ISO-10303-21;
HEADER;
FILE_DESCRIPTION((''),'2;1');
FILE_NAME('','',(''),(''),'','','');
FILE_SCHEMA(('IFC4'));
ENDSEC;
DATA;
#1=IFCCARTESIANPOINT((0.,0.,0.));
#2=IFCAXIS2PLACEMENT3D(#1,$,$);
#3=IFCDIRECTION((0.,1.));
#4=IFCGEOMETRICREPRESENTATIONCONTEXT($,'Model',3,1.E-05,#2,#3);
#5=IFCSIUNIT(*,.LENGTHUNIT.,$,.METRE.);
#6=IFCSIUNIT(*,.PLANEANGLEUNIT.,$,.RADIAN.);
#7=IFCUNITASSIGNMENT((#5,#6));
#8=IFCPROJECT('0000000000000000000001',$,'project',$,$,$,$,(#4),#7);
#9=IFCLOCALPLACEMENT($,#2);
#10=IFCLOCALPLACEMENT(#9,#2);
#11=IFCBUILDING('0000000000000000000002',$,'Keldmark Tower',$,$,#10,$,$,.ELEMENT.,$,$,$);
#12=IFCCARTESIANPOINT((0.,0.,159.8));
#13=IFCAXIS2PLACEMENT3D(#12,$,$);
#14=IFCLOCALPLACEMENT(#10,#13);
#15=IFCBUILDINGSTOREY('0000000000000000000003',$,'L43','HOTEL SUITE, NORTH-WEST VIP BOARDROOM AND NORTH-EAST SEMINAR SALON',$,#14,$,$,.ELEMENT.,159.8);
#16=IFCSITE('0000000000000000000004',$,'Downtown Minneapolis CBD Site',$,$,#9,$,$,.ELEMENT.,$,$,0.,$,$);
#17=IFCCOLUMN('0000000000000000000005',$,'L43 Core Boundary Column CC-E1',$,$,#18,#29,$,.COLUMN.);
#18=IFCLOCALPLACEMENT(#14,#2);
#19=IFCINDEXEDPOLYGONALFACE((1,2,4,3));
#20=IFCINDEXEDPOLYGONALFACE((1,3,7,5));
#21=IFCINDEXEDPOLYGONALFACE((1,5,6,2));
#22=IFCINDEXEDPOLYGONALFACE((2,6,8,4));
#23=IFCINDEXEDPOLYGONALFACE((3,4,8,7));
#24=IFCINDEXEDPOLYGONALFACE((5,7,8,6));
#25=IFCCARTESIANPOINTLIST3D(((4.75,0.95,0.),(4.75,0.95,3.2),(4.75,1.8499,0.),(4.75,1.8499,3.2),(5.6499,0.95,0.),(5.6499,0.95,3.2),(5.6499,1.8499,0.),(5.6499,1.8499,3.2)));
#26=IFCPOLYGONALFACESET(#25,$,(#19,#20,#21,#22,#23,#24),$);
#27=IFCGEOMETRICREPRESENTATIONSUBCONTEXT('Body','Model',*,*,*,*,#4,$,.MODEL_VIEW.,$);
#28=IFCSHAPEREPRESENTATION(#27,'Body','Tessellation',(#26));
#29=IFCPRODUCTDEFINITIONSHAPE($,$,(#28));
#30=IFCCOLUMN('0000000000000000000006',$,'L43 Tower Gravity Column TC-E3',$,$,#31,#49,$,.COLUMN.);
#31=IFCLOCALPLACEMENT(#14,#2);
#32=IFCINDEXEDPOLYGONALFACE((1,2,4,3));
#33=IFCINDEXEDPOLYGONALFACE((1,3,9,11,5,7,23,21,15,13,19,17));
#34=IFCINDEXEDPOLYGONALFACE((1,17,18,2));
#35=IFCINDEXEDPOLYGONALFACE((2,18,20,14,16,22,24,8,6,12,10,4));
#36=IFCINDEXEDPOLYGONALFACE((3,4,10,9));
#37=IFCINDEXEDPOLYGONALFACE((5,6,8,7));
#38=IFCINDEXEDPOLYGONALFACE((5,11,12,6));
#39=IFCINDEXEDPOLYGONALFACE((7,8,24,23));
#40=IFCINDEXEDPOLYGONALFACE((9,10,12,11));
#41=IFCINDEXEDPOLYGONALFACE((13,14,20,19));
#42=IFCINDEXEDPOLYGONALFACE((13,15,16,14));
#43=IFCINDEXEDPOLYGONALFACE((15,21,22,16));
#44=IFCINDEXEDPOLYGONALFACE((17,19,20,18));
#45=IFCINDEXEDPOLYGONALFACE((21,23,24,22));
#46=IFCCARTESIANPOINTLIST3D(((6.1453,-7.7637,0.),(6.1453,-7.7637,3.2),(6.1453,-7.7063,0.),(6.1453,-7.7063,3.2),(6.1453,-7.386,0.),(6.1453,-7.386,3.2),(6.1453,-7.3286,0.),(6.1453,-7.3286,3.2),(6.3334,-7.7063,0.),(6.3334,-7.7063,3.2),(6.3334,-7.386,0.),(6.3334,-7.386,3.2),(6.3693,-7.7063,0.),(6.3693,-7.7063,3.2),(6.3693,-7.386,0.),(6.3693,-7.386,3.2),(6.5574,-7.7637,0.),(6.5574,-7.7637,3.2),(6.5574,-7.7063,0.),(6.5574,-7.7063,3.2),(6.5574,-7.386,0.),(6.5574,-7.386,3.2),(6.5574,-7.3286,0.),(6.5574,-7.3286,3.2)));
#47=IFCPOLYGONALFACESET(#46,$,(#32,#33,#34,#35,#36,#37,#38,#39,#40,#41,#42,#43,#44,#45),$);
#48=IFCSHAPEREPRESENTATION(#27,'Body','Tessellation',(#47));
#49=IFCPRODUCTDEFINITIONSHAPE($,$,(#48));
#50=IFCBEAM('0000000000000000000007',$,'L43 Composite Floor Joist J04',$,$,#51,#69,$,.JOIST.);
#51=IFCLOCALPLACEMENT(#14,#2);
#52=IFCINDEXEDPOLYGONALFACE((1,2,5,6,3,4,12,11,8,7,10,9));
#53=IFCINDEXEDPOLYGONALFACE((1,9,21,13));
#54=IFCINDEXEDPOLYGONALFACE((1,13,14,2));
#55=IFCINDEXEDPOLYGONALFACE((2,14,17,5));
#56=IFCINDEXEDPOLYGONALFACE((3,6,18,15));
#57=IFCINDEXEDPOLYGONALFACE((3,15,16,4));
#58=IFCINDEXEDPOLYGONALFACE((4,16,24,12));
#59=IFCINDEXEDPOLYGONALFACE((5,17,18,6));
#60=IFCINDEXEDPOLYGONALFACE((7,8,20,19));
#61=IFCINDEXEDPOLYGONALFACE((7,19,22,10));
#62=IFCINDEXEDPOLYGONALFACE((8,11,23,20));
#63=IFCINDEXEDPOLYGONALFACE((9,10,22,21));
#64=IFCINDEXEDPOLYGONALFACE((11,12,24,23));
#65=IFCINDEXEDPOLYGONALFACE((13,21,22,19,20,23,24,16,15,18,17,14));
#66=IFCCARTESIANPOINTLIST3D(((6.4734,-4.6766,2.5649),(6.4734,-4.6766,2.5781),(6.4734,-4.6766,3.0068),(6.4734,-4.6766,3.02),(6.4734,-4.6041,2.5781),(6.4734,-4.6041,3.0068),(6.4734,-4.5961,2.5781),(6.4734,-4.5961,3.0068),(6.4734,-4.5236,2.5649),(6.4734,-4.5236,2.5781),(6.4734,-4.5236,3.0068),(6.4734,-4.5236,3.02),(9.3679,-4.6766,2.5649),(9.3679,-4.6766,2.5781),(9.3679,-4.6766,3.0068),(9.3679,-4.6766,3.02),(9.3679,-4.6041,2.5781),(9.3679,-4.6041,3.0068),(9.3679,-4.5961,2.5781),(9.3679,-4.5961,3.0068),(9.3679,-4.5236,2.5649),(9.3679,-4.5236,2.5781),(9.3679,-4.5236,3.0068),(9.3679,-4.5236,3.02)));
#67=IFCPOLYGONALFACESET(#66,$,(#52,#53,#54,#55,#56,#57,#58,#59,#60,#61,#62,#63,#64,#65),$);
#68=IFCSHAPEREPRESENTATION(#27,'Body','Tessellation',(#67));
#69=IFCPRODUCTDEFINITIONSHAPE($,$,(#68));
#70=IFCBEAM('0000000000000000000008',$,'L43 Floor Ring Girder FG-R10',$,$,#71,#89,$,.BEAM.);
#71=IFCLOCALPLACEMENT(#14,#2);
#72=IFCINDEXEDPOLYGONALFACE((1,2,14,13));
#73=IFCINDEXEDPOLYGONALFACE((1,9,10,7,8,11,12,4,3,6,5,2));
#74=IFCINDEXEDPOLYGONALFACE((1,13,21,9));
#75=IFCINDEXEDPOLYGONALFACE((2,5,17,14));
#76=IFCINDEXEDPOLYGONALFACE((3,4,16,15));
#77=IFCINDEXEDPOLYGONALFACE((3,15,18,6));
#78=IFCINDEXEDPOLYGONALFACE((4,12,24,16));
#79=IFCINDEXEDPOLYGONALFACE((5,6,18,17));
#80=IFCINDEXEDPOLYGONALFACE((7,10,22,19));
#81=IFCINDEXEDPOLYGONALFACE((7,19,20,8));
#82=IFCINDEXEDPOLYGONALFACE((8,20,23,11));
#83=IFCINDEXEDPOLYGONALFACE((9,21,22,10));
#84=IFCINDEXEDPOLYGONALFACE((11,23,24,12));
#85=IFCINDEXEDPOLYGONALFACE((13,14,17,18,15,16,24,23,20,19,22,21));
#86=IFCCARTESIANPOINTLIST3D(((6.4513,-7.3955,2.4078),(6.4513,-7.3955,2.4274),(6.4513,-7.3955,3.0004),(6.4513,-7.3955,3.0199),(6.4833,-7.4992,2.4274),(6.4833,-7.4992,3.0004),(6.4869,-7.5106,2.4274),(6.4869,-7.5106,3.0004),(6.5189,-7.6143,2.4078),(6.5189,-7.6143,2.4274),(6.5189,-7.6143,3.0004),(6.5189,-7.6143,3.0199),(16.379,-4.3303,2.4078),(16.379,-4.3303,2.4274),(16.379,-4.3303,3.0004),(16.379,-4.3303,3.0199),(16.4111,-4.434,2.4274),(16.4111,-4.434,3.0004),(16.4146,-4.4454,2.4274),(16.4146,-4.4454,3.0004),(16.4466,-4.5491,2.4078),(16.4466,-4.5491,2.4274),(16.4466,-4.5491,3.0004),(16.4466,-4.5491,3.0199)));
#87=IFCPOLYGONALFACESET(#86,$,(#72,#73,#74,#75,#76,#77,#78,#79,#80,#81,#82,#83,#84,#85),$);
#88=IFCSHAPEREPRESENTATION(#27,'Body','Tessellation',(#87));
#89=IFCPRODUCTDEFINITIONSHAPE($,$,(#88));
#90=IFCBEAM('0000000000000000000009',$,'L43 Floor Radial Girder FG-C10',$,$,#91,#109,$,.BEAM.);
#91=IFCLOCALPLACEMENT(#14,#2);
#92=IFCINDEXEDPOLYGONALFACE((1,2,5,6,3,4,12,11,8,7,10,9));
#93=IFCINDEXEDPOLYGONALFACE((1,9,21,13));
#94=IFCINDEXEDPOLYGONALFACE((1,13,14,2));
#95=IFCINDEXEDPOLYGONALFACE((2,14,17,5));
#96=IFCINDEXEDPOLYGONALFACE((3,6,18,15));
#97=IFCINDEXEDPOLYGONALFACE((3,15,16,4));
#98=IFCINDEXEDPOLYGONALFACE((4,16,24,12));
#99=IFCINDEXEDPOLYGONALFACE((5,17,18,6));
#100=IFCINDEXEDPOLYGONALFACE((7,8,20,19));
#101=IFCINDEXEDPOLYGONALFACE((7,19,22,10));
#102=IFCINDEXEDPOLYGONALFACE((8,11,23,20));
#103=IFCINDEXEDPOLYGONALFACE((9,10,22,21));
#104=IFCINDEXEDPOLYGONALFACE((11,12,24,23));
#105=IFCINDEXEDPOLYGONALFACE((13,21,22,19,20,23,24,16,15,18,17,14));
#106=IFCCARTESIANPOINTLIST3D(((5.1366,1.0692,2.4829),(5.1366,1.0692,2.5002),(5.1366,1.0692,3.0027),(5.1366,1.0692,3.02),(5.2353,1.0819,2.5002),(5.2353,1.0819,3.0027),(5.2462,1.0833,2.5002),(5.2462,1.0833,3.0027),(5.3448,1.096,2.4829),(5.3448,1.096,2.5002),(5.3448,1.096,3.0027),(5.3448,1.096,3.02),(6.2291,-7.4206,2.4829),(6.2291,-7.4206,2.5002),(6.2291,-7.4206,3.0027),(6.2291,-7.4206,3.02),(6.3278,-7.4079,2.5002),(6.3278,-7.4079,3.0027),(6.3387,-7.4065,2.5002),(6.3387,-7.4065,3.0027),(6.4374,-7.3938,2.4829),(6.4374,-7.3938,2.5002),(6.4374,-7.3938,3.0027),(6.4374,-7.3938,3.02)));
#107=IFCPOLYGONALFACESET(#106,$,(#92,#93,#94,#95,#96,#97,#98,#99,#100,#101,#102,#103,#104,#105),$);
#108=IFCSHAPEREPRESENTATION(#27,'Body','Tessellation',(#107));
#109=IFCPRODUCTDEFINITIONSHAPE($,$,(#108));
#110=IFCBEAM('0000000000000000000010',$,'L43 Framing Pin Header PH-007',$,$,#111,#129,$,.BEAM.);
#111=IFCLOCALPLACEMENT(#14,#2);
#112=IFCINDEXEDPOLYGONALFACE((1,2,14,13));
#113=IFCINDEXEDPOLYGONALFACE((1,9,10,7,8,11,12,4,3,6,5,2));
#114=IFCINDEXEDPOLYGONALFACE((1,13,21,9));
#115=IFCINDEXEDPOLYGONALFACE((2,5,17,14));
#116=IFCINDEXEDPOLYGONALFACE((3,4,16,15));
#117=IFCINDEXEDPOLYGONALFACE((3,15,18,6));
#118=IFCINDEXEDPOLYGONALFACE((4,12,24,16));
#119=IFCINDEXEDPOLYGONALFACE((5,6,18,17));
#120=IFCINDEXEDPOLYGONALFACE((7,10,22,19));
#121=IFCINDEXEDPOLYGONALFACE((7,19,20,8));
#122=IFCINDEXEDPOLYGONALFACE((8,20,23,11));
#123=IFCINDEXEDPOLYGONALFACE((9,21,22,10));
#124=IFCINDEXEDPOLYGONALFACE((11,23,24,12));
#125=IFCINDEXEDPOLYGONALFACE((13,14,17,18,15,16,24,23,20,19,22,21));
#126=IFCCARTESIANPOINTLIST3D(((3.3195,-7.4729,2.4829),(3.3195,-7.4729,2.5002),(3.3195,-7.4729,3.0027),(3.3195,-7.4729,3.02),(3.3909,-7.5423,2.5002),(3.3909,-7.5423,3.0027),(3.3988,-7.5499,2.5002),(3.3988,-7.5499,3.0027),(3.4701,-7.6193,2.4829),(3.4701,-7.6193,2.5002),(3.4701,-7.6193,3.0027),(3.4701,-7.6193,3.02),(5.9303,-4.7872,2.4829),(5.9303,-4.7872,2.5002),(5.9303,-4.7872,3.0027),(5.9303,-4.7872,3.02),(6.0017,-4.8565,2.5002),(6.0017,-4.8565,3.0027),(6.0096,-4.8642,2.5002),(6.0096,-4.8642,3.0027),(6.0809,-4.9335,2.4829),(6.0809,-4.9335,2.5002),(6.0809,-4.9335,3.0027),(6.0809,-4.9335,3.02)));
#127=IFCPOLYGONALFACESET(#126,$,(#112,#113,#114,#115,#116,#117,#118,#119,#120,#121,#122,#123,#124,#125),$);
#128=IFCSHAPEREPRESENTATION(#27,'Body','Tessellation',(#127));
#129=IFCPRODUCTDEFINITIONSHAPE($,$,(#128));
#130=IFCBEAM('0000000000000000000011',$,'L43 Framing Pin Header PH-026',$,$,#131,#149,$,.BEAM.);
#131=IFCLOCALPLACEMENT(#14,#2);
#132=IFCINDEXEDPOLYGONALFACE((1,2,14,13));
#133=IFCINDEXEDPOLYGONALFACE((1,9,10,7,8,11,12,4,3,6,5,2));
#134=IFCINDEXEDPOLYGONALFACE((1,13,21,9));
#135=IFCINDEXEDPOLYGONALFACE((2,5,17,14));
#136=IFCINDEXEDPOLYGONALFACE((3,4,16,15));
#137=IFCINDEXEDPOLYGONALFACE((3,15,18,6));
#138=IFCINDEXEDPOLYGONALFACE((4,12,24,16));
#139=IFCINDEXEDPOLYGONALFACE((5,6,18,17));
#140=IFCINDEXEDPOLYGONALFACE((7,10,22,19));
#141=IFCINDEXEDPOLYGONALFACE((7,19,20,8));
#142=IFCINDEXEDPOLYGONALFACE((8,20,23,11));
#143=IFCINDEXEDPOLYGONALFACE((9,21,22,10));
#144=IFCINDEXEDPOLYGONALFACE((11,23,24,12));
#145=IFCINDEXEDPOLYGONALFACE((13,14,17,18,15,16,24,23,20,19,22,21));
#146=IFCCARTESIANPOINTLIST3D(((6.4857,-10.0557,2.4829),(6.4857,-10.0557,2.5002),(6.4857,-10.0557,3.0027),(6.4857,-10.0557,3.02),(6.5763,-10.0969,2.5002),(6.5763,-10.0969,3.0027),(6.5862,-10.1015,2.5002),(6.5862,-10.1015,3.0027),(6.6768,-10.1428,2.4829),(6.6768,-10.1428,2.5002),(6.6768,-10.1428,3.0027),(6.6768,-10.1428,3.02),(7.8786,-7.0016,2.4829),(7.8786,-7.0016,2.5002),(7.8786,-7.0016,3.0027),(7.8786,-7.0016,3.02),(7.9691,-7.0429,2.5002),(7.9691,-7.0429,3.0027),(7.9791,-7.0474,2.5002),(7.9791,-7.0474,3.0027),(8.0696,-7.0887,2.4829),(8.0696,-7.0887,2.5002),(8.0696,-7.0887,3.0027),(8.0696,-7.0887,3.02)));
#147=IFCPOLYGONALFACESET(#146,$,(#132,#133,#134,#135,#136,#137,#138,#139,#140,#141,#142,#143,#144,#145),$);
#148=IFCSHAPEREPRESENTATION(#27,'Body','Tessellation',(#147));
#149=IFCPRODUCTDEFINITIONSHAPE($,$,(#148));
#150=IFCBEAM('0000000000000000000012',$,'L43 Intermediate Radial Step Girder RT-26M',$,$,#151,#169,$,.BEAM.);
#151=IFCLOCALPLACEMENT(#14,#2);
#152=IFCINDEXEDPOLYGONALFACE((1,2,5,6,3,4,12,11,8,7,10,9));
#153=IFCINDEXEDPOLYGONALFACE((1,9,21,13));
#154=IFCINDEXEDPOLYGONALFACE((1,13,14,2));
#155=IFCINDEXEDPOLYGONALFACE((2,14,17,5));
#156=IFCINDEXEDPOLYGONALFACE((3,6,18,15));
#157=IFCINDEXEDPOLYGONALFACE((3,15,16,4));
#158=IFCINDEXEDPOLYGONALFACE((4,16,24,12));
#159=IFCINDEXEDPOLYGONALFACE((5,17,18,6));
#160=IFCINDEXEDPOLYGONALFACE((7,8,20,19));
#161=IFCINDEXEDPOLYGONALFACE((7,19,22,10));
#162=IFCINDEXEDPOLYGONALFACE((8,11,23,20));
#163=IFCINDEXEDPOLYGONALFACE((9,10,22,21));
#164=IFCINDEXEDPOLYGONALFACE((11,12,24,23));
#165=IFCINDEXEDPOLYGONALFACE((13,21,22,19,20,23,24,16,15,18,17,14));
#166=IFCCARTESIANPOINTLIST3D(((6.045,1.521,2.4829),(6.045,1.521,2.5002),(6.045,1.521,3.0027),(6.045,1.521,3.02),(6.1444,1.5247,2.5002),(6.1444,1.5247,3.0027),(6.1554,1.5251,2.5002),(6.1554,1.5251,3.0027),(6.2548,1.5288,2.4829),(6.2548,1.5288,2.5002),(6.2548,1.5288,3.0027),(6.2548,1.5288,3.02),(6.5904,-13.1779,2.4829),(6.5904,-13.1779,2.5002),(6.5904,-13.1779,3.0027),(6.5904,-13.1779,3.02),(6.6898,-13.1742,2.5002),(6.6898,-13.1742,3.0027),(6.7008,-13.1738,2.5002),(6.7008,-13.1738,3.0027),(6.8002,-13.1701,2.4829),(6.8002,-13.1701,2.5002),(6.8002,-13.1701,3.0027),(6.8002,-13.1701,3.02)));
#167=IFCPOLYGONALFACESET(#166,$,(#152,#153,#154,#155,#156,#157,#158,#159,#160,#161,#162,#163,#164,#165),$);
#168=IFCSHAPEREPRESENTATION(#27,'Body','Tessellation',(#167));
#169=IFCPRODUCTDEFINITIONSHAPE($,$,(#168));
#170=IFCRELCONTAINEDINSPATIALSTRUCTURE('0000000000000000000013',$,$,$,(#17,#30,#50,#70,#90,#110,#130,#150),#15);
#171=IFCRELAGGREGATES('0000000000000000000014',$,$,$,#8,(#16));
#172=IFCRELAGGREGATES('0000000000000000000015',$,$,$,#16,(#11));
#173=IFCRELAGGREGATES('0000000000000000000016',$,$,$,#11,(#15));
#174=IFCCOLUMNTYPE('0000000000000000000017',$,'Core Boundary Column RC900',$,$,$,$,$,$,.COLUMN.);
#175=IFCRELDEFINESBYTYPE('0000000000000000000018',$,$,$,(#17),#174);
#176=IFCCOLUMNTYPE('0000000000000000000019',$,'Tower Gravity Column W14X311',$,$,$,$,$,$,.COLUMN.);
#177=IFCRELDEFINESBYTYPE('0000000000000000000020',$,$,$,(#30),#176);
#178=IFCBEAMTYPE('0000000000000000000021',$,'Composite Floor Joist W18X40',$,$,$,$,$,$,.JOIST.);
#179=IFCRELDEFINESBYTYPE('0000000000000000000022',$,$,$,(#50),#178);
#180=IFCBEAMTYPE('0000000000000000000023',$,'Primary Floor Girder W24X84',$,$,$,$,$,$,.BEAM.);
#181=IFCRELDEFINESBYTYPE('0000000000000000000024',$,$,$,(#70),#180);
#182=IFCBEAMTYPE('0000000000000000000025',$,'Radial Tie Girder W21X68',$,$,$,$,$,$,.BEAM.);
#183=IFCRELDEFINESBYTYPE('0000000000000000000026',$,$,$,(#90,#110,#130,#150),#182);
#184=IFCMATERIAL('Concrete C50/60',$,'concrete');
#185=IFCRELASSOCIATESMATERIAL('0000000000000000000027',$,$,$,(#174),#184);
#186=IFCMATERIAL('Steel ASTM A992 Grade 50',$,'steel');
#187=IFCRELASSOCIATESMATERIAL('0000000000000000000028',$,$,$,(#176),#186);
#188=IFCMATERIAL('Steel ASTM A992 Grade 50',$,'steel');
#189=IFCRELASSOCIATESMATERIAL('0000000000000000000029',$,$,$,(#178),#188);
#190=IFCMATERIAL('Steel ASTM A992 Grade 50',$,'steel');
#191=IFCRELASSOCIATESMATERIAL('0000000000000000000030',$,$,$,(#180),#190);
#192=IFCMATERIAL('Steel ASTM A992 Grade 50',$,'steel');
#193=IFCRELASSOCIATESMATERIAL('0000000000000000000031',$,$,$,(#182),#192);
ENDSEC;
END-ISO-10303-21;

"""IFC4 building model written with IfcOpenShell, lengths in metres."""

from ifc_helpers import new_model, si_unit, direction, frame, origin, origin_2d, place, context, subcontext, project, spatial, rectangle, i_section, extrude, material, material_profile, profile_set, type_object, element, save


model = new_model("IFC4")

# Units and contexts
model_context = context("Model", 3, precision=1e-05, world=origin(), true_north=direction((0.0, 1.0)))
body_context = subcontext(model_context, "Body", "Model", "MODEL_VIEW")
ifc_project = project(units=[si_unit("LENGTHUNIT", "METRE"), si_unit("PLANEANGLEUNIT", "RADIAN")], contexts=[model_context])

# Site, building, storey
site_placement = place(None, origin())
site = spatial("IfcSite", under=ifc_project, at=site_placement, Name="Downtown Minneapolis CBD Site", CompositionType="ELEMENT", RefElevation=0.0)
building_placement = place(site_placement, origin())
building = spatial("IfcBuilding", under=site, at=building_placement, Name="Keldmark Tower", CompositionType="ELEMENT")
storey_placement = place(building_placement, frame((0.0, 0.0, 159.8)))
storey = spatial("IfcBuildingStorey", under=building, at=storey_placement, Name="L43", Description="HOTEL SUITE, NORTH-WEST VIP BOARDROOM AND NORTH-EAST SEMINAR SALON", CompositionType="ELEMENT", Elevation=159.8)

# Columns
ifc_material_1 = material(Name="Concrete C50/60", Category="concrete")
ifc_material_profile_1 = material_profile(ifc_material_1, rectangle(XDim=0.8999, YDim=0.8999, at=origin_2d()), Name="RC900X900")
ifc_profile_set_1 = profile_set([ifc_material_profile_1], Name="Concrete C50/60")
column_type_1 = type_object("IfcColumnType", Name="Core Boundary Column RC900", PredefinedType="COLUMN", material=ifc_profile_set_1)
column_1_placement = place(storey_placement, frame((5.2, 1.3999, 0.0), z_axis=(0.0, 0.0, 1.0), x_axis=(1.0, 0.0, 0.0)))
element("IfcColumn", 1, at=column_1_placement, inside=storey, type_object=column_type_1, Name="L43 Core Boundary Column CC-E1", PredefinedType="COLUMN", context=body_context, shape_type="SweptSolid", body=[
    extrude(rectangle(XDim=0.8999, YDim=0.8999, at=origin_2d()), origin(), (0.0, 0.0, 1.0), 3.2),
])
ifc_material_2 = material(Name="Steel ASTM A992 Grade 50", Category="steel")
ifc_material_profile_2 = material_profile(ifc_material_2, i_section(OverallWidth=0.4121, OverallDepth=0.4351, WebThickness=0.0359, FlangeThickness=0.0574, at=origin_2d()), Name="W14X311")
ifc_profile_set_2 = profile_set([ifc_material_profile_2], Name="Steel ASTM A992 Grade 50")
column_type_2 = type_object("IfcColumnType", Name="Tower Gravity Column W14X311", PredefinedType="COLUMN", material=ifc_profile_set_2)
column_2_placement = place(storey_placement, frame((6.3513, -7.5461, 0.0), z_axis=(0.0, 0.0, 1.0), x_axis=(1.0, 0.0, 0.0)))
element("IfcColumn", 2, at=column_2_placement, inside=storey, type_object=column_type_2, Name="L43 Tower Gravity Column TC-E3", PredefinedType="COLUMN", context=body_context, shape_type="SweptSolid", body=[
    extrude(i_section(OverallWidth=0.4121, OverallDepth=0.4351, WebThickness=0.0359, FlangeThickness=0.0574, at=origin_2d()), origin(), (0.0, 0.0, 1.0), 3.2),
])

# Beams
ifc_material_3 = material(Name="Steel ASTM A992 Grade 50", Category="steel")
ifc_material_profile_3 = material_profile(ifc_material_3, i_section(OverallWidth=0.1531, OverallDepth=0.4551, WebThickness=0.0081, FlangeThickness=0.0132, at=origin_2d()), Name="W18X40")
ifc_profile_set_3 = profile_set([ifc_material_profile_3], Name="Steel ASTM A992 Grade 50")
beam_type_1 = type_object("IfcBeamType", Name="Composite Floor Joist W18X40", PredefinedType="JOIST", material=ifc_profile_set_3)
beam_1_placement = place(storey_placement, frame((6.4734, -4.6001, 2.7925), z_axis=(1.0, 0.0, 0.0), x_axis=(0.0, 1.0, 0.0)))
element("IfcBeam", 3, at=beam_1_placement, inside=storey, type_object=beam_type_1, Name="L43 Composite Floor Joist J04", PredefinedType="JOIST", context=body_context, shape_type="SweptSolid", body=[
    extrude(i_section(OverallWidth=0.1531, OverallDepth=0.4551, WebThickness=0.0081, FlangeThickness=0.0132, at=origin_2d()), origin(), (0.0, 0.0, 1.0), 2.8945),
])
ifc_material_4 = material(Name="Steel ASTM A992 Grade 50", Category="steel")
ifc_material_profile_4 = material_profile(ifc_material_4, i_section(OverallWidth=0.229, OverallDepth=0.6121, WebThickness=0.012, FlangeThickness=0.0195, at=origin_2d()), Name="W24X84")
ifc_profile_set_4 = profile_set([ifc_material_profile_4], Name="Steel ASTM A992 Grade 50")
beam_type_2 = type_object("IfcBeamType", Name="Primary Floor Girder W24X84", PredefinedType="BEAM", material=ifc_profile_set_4)
beam_2_placement = place(storey_placement, frame((6.4851, -7.5049, 2.7139), z_axis=(0.955495, 0.295009, 0.0), x_axis=(-0.295009, 0.955495, 0.0)))
element("IfcBeam", 4, at=beam_2_placement, inside=storey, type_object=beam_type_2, Name="L43 Floor Ring Girder FG-R10", PredefinedType="BEAM", context=body_context, shape_type="SweptSolid", body=[
    extrude(i_section(OverallWidth=0.229, OverallDepth=0.6121, WebThickness=0.012, FlangeThickness=0.0195, at=origin_2d()), origin(), (0.0, 0.0, 1.0), 10.3901),
])
ifc_material_5 = material(Name="Steel ASTM A992 Grade 50", Category="steel")
ifc_material_profile_5 = material_profile(ifc_material_5, i_section(OverallWidth=0.21, OverallDepth=0.5371, WebThickness=0.011, FlangeThickness=0.0173, at=origin_2d()), Name="W21X68")
ifc_profile_set_5 = profile_set([ifc_material_profile_5], Name="Steel ASTM A992 Grade 50")
beam_type_3 = type_object("IfcBeamType", Name="Radial Tie Girder W21X68", PredefinedType="BEAM", material=ifc_profile_set_5)
beam_3_placement = place(storey_placement, frame((6.3333, -7.4072, 2.7515), z_axis=(-0.127636, 0.991821, 0.0), x_axis=(-0.991821, -0.127636, 0.0)))
element("IfcBeam", 5, at=beam_3_placement, inside=storey, type_object=beam_type_3, Name="L43 Floor Radial Girder FG-C10", PredefinedType="BEAM", context=body_context, shape_type="SweptSolid", body=[
    extrude(i_section(OverallWidth=0.21, OverallDepth=0.5371, WebThickness=0.011, FlangeThickness=0.0173, at=origin_2d()), origin(), (0.0, 0.0, 1.0), 8.5598),
])
beam_4_placement = place(storey_placement, frame((6.0056, -4.8604, 2.7515), z_axis=(-0.697031, -0.717041, 0.0), x_axis=(0.717041, -0.697031, 0.0)))
element("IfcBeam", 6, at=beam_4_placement, inside=storey, type_object=beam_type_3, Name="L43 Framing Pin Header PH-007", PredefinedType="BEAM", context=body_context, shape_type="SweptSolid", body=[
    extrude(i_section(OverallWidth=0.21, OverallDepth=0.5371, WebThickness=0.011, FlangeThickness=0.0173, at=origin_2d()), origin(), (0.0, 0.0, 1.0), 3.7456),
])
beam_5_placement = place(storey_placement, frame((7.9741, -7.0452, 2.7515), z_axis=(-0.414953, -0.909843, 0.0), x_axis=(0.909843, -0.414953, 0.0)))
element("IfcBeam", 7, at=beam_5_placement, inside=storey, type_object=beam_type_3, Name="L43 Framing Pin Header PH-026", PredefinedType="BEAM", context=body_context, shape_type="SweptSolid", body=[
    extrude(i_section(OverallWidth=0.21, OverallDepth=0.5371, WebThickness=0.011, FlangeThickness=0.0173, at=origin_2d()), origin(), (0.0, 0.0, 1.0), 3.3567),
])
beam_6_placement = place(storey_placement, frame((6.1499, 1.5249, 2.7515), z_axis=(0.03708, -0.999312, 0.0), x_axis=(0.999312, 0.03708, 0.0)))
element("IfcBeam", 8, at=beam_6_placement, inside=storey, type_object=beam_type_3, Name="L43 Intermediate Radial Step Girder RT-26M", PredefinedType="BEAM", context=body_context, shape_type="SweptSolid", body=[
    extrude(i_section(OverallWidth=0.21, OverallDepth=0.5371, WebThickness=0.011, FlangeThickness=0.0173, at=origin_2d()), origin(), (0.0, 0.0, 1.0), 14.709),
])

save(model, "model.ifc")
